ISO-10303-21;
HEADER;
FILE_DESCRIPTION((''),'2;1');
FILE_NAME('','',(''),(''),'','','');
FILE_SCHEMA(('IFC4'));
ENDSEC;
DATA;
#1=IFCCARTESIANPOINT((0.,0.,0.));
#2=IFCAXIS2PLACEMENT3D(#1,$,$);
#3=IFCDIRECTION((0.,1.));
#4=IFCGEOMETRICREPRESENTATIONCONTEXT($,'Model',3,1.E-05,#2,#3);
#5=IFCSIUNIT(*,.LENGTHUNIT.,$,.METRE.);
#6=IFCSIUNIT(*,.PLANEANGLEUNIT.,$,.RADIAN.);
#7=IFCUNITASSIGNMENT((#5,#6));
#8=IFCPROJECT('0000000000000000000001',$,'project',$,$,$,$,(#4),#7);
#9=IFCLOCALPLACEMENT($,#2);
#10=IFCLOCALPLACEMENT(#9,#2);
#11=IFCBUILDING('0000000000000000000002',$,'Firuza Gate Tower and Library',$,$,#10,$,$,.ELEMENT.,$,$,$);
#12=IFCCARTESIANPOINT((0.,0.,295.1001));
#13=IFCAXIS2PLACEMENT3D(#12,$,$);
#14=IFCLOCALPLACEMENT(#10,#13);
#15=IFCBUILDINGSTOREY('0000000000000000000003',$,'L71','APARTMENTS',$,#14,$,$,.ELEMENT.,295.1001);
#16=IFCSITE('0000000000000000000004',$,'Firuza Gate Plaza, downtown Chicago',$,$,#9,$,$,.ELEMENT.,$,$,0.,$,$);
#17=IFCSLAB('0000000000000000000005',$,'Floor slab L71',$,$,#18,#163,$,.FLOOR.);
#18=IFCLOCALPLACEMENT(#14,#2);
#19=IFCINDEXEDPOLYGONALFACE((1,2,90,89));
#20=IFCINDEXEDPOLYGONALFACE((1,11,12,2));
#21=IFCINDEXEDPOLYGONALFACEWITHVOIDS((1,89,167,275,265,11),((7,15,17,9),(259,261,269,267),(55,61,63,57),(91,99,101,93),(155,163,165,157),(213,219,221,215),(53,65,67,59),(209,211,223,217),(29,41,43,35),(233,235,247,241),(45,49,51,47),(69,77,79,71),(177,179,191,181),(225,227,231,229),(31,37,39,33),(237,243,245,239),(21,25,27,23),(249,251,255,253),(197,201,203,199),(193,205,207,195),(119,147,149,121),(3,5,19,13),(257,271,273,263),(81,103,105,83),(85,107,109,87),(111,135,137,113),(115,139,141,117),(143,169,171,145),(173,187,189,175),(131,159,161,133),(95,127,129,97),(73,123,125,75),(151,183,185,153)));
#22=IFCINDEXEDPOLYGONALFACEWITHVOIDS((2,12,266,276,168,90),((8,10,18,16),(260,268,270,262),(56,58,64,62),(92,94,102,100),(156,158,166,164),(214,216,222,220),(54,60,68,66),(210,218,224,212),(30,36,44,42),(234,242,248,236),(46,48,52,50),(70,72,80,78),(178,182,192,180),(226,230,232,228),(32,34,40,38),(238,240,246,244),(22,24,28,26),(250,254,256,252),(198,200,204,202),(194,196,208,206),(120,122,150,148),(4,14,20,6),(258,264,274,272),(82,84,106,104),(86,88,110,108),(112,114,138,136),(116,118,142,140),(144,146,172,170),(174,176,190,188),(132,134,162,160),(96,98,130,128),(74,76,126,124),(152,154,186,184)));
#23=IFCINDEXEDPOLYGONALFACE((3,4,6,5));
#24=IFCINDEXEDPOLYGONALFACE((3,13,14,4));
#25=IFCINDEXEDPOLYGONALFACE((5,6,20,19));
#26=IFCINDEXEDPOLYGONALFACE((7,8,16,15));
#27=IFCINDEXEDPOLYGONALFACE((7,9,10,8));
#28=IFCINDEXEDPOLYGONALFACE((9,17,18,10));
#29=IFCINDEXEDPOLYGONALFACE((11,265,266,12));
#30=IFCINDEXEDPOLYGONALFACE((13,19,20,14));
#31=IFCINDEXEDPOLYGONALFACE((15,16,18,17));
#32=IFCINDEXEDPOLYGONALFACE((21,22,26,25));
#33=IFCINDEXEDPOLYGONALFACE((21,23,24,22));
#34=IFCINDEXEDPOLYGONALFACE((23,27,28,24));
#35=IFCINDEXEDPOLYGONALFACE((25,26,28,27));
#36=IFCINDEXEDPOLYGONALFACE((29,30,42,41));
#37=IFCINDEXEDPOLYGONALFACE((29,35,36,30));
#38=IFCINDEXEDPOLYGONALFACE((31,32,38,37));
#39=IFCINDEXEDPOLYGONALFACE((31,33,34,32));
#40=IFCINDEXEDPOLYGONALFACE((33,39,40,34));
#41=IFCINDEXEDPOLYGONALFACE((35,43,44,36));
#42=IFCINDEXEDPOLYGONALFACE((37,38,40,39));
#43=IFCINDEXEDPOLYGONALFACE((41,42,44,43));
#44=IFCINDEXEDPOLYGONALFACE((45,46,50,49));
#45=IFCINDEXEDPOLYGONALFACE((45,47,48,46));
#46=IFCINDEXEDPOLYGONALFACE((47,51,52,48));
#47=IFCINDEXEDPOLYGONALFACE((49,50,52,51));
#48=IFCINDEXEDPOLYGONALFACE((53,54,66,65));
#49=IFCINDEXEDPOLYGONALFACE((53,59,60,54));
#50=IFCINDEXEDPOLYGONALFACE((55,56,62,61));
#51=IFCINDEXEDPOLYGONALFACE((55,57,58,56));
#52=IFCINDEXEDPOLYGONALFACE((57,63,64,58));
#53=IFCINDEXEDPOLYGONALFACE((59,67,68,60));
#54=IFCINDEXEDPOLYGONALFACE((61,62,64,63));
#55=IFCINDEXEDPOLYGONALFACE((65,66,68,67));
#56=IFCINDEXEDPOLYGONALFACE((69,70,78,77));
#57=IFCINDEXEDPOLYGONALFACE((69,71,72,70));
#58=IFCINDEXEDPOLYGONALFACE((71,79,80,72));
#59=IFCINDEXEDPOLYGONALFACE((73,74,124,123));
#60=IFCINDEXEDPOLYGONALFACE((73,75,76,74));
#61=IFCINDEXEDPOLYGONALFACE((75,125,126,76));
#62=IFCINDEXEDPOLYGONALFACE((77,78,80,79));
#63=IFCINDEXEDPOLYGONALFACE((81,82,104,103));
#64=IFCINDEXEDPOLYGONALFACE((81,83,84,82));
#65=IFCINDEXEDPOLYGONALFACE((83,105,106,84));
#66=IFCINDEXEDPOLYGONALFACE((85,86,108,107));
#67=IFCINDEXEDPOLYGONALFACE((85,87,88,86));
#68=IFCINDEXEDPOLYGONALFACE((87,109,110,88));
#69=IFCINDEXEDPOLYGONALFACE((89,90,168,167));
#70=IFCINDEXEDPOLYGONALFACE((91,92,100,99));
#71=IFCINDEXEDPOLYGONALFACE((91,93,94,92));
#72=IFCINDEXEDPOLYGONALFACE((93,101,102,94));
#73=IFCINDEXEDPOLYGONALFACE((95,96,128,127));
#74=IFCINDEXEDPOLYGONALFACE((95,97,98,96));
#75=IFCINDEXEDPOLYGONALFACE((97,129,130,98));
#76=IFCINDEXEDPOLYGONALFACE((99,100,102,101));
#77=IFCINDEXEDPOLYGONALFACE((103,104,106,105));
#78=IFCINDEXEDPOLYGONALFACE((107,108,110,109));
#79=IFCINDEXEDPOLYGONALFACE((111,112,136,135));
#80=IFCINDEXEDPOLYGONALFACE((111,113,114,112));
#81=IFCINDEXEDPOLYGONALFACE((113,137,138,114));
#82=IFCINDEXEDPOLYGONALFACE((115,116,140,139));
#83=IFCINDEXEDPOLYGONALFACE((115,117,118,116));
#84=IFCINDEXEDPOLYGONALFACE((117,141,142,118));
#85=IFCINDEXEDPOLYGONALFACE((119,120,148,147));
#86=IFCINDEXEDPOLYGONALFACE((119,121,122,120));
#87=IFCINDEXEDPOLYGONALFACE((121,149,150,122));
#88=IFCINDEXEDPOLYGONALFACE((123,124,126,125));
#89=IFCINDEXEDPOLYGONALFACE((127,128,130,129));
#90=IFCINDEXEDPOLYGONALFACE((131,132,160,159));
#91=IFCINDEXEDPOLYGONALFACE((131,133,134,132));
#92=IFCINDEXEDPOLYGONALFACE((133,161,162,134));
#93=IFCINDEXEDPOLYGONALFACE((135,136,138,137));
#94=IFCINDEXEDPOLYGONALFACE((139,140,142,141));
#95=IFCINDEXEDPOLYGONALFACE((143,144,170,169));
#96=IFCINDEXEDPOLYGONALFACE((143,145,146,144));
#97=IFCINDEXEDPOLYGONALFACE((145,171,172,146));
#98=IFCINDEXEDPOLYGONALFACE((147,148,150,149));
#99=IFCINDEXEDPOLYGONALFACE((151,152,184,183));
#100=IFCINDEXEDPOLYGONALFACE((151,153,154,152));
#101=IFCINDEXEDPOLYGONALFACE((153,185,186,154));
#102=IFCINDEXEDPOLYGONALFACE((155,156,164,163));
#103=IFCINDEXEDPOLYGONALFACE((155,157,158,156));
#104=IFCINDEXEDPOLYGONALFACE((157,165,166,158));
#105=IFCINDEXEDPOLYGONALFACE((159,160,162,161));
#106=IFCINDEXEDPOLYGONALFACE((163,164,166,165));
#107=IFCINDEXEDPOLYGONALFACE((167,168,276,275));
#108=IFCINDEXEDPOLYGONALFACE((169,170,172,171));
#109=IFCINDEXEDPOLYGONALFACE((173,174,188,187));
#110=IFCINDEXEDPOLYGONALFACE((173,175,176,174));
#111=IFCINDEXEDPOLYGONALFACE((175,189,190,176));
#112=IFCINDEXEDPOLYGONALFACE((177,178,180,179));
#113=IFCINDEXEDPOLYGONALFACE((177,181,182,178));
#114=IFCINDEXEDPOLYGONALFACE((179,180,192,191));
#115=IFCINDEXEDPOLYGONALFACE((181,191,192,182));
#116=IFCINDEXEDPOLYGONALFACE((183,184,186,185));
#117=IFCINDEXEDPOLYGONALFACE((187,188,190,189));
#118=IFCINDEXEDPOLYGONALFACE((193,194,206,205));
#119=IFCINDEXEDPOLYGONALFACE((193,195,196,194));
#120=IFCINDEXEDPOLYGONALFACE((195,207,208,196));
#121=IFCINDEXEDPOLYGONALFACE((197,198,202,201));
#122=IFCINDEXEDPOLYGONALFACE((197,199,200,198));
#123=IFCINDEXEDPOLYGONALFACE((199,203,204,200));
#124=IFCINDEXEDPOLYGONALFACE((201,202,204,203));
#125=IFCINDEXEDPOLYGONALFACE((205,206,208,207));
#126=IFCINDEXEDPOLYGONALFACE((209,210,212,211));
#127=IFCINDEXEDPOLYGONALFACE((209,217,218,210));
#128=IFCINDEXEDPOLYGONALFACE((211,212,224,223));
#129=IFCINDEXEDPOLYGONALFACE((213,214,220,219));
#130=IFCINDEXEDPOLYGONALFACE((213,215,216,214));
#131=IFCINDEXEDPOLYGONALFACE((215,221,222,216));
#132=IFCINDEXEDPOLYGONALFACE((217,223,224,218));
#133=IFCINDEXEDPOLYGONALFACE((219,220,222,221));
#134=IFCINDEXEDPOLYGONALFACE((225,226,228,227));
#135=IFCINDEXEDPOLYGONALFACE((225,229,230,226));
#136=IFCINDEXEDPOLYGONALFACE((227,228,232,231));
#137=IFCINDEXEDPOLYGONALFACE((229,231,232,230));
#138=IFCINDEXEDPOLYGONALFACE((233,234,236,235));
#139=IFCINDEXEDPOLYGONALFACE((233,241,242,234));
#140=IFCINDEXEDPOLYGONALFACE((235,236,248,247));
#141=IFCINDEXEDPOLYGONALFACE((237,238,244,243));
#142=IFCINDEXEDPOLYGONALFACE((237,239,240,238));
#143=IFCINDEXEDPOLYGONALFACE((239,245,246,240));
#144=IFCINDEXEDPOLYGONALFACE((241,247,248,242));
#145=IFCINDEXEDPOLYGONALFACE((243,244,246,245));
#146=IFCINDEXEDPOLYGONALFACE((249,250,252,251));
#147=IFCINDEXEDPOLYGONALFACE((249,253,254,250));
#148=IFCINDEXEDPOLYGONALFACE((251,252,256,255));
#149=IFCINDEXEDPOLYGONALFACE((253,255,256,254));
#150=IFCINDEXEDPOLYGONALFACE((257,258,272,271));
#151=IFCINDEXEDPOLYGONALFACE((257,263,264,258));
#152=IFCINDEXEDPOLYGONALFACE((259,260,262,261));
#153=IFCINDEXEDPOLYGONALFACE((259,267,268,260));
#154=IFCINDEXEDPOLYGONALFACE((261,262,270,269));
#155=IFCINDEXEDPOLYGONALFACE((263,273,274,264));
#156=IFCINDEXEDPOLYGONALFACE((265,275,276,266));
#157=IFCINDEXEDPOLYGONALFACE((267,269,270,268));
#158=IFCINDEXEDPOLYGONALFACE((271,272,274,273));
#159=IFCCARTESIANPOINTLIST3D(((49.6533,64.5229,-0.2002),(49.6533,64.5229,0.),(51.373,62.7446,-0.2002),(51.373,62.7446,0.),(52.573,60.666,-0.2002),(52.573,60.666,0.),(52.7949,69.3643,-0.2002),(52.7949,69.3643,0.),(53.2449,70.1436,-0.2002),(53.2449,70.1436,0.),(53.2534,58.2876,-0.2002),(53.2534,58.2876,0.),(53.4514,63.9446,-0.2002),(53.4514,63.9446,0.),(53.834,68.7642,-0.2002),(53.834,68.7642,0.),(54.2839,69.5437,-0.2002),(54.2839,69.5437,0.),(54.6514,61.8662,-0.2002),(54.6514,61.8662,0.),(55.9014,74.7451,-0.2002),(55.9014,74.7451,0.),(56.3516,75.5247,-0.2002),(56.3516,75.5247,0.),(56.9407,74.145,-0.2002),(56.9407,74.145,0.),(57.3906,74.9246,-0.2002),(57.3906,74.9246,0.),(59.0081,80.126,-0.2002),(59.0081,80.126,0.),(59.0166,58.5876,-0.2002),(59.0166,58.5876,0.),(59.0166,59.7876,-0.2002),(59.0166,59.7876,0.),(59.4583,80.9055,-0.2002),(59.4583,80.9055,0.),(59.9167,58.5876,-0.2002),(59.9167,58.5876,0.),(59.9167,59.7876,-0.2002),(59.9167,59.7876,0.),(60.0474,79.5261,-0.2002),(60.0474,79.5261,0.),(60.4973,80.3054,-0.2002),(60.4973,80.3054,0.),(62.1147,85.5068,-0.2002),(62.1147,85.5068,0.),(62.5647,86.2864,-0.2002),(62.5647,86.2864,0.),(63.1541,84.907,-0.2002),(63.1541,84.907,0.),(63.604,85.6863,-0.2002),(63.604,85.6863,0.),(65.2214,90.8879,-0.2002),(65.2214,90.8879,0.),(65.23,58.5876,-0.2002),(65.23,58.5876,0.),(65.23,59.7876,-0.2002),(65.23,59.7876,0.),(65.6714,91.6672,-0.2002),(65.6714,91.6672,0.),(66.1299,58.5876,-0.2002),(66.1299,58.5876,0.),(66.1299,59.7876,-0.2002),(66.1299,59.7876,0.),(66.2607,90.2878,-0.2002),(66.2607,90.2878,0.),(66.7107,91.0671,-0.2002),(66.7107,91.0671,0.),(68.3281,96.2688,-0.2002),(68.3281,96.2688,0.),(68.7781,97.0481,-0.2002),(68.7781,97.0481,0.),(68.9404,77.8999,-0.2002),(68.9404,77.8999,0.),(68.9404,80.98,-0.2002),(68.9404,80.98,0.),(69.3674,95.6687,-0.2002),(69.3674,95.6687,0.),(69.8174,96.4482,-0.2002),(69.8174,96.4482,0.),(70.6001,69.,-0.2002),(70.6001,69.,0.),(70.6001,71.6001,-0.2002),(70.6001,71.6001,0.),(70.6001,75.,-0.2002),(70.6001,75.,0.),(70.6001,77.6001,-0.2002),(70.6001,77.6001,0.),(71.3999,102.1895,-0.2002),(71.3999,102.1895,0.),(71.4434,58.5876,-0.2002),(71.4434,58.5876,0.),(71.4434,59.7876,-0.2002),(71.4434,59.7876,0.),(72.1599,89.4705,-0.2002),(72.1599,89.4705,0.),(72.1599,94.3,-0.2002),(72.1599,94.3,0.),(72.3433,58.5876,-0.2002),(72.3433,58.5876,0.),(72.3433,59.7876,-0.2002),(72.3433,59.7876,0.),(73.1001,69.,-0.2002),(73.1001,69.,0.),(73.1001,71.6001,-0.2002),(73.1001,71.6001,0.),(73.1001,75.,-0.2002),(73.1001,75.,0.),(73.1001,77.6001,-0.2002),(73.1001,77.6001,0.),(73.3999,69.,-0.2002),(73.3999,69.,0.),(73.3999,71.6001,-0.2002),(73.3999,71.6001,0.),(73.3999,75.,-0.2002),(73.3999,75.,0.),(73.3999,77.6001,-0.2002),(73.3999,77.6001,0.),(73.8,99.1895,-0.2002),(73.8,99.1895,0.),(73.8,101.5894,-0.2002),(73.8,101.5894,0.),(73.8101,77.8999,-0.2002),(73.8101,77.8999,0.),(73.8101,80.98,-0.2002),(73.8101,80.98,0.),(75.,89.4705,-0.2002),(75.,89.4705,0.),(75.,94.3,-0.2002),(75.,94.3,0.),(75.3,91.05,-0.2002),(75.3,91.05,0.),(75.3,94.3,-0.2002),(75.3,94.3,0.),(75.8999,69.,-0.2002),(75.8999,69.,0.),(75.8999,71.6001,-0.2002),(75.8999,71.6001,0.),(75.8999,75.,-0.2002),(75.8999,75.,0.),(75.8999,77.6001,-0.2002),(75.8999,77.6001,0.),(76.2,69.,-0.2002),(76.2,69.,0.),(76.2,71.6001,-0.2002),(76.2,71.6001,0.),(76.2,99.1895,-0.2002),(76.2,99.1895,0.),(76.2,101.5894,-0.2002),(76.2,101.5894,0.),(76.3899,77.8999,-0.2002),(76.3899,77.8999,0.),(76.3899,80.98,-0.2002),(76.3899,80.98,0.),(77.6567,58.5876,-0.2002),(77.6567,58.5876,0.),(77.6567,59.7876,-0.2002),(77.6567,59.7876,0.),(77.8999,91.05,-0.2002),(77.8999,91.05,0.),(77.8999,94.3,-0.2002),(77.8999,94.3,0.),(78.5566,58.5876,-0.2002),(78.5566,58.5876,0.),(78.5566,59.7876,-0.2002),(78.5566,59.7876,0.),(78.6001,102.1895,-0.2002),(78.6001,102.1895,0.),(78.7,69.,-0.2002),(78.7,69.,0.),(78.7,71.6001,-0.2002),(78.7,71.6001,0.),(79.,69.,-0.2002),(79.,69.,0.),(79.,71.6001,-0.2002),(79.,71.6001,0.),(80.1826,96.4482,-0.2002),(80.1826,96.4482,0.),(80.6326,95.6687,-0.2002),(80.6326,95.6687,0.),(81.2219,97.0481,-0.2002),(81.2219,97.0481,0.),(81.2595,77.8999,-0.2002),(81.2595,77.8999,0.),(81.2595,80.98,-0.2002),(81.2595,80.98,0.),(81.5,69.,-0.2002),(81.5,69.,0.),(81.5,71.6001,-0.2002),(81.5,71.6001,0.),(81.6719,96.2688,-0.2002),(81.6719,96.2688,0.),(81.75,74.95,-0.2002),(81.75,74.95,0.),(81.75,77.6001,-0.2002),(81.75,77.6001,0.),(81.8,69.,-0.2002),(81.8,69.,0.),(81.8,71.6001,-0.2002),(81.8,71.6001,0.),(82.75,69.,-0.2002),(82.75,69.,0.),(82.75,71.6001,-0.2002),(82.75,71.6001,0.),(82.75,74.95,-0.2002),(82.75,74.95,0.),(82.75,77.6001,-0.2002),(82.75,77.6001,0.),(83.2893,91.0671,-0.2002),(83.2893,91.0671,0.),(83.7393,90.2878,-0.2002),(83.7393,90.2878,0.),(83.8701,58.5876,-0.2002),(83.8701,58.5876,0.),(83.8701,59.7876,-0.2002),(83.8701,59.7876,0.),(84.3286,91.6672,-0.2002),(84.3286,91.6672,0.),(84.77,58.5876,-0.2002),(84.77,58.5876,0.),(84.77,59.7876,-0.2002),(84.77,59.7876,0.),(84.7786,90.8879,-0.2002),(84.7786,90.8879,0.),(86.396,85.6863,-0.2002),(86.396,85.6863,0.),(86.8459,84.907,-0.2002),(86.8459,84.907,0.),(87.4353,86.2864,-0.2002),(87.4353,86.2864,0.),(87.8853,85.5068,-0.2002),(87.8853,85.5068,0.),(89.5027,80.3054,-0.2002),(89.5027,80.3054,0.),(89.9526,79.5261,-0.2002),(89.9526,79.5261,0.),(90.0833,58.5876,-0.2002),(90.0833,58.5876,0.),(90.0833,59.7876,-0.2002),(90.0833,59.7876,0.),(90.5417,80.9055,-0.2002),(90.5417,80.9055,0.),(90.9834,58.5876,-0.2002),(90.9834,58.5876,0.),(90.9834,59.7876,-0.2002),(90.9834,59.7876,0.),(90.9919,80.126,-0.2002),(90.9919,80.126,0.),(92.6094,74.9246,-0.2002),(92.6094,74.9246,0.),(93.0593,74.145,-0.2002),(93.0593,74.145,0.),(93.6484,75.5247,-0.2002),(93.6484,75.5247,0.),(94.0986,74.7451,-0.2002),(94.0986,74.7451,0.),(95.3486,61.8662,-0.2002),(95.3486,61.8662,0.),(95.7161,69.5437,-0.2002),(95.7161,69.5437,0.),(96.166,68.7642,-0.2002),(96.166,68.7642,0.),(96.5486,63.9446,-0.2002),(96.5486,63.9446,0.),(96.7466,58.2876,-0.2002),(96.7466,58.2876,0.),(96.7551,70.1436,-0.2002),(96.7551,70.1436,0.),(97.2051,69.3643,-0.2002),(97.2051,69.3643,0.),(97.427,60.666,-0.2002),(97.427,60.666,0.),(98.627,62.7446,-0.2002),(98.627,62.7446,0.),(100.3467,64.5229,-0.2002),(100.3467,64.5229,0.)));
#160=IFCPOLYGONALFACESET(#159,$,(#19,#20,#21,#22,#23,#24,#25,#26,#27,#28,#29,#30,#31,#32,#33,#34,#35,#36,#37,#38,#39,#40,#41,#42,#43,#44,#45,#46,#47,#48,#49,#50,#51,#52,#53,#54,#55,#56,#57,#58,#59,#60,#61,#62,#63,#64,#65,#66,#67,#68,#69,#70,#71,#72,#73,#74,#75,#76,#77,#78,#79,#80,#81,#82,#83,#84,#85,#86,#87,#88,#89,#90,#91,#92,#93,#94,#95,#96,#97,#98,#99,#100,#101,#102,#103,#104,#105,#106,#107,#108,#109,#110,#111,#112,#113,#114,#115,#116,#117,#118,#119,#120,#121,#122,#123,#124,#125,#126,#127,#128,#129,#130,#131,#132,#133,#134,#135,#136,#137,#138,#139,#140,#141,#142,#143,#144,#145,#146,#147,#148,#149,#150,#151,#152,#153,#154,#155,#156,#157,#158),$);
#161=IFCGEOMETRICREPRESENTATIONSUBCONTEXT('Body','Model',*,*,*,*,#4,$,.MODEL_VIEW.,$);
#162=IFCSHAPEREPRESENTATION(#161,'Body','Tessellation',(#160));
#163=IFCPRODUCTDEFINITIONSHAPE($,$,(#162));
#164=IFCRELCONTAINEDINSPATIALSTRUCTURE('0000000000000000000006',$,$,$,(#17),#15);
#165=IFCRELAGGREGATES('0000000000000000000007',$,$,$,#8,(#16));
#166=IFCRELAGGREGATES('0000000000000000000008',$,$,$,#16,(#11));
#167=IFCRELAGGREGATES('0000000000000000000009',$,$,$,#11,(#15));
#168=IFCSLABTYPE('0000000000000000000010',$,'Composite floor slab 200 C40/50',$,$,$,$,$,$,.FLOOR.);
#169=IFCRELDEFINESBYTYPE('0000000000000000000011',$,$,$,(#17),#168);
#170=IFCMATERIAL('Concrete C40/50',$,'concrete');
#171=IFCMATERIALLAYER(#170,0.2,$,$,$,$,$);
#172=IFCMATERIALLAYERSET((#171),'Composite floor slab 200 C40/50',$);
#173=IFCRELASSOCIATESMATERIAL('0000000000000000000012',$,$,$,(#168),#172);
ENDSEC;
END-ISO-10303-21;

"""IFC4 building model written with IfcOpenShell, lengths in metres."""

from ifc_helpers import new_model, si_unit, direction, frame, origin, place, context, subcontext, project, spatial, polyline, outline, extrude, material, layer, layer_set, type_object, element, save


model = new_model("IFC4")

# Units and contexts
model_context = context("Model", 3, precision=1e-05, world=origin(), true_north=direction((0.0, 1.0)))
body_context = subcontext(model_context, "Body", "Model", "MODEL_VIEW")
ifc_project = project(units=[si_unit("LENGTHUNIT", "METRE"), si_unit("PLANEANGLEUNIT", "RADIAN")], contexts=[model_context])

# Site, building, storey
site_placement = place(None, origin())
site = spatial("IfcSite", under=ifc_project, at=site_placement, Name="Firuza Gate Plaza, downtown Chicago", CompositionType="ELEMENT", RefElevation=0.0)
building_placement = place(site_placement, origin())
building = spatial("IfcBuilding", under=site, at=building_placement, Name="Firuza Gate Tower and Library", CompositionType="ELEMENT")
storey_placement = place(building_placement, frame((0.0, 0.0, 295.1001)))
storey = spatial("IfcBuildingStorey", under=building, at=storey_placement, Name="L71", Description="APARTMENTS", CompositionType="ELEMENT", Elevation=295.1001)

# Slab
ifc_material_1 = material(Name="Concrete C40/50", Category="concrete")
ifc_layer_1 = layer(ifc_material_1, 0.2)
ifc_layer_set_1 = layer_set([ifc_layer_1], Name="Composite floor slab 200 C40/50")
slab_type_1 = type_object("IfcSlabType", Name="Composite floor slab 200 C40/50", PredefinedType="FLOOR", material=ifc_layer_set_1)
placement_1 = place(storey_placement, frame((0.0, 0.0, -0.2002)))
element("IfcSlab", 1, at=placement_1, inside=storey, type_object=slab_type_1, Name="Floor slab L71", PredefinedType="FLOOR", context=body_context, shape_type="SweptSolid", body=[
    extrude(outline(polyline([(49.6533, 64.5229), (53.2534, 58.2876), (96.7466, 58.2876), (100.3467, 64.5229), (78.6001, 102.1895), (71.3999, 102.1895), (49.6533, 64.5229)]), holes=[polyline([(59.0166, 58.5876), (59.0166, 59.7876), (59.9167, 59.7876), (59.9167, 58.5876), (59.0166, 58.5876)]), polyline([(65.23, 58.5876), (65.23, 59.7876), (66.1299, 59.7876), (66.1299, 58.5876), (65.23, 58.5876)]), polyline([(71.4434, 58.5876), (71.4434, 59.7876), (72.3433, 59.7876), (72.3433, 58.5876), (71.4434, 58.5876)]), polyline([(51.373, 62.7446), (53.4514, 63.9446), (54.6514, 61.8662), (52.573, 60.666), (51.373, 62.7446)]), polyline([(53.2449, 70.1436), (54.2839, 69.5437), (53.834, 68.7642), (52.7949, 69.3643), (53.2449, 70.1436)]), polyline([(73.1001, 69.0), (70.6001, 69.0), (70.6001, 71.6001), (73.1001, 71.6001), (73.1001, 69.0)]), polyline([(75.8999, 69.0), (73.3999, 69.0), (73.3999, 71.6001), (75.8999, 71.6001), (75.8999, 69.0)]), polyline([(56.3516, 75.5247), (57.3906, 74.9246), (56.9407, 74.145), (55.9014, 74.7451), (56.3516, 75.5247)]), polyline([(73.1001, 75.0), (70.6001, 75.0), (70.6001, 77.6001), (73.1001, 77.6001), (73.1001, 75.0)]), polyline([(75.8999, 75.0), (73.3999, 75.0), (73.3999, 77.6001), (75.8999, 77.6001), (75.8999, 75.0)]), polyline([(68.9404, 77.8999), (68.9404, 80.98), (73.8101, 80.98), (73.8101, 77.8999), (68.9404, 77.8999)]), polyline([(59.4583, 80.9055), (60.4973, 80.3054), (60.0474, 79.5261), (59.0081, 80.126), (59.4583, 80.9055)]), polyline([(62.5647, 86.2864), (63.604, 85.6863), (63.1541, 84.907), (62.1147, 85.5068), (62.5647, 86.2864)]), polyline([(65.6714, 91.6672), (66.7107, 91.0671), (66.2607, 90.2878), (65.2214, 90.8879), (65.6714, 91.6672)]), polyline([(72.1599, 89.4705), (72.1599, 94.3), (75.0, 94.3), (75.0, 89.4705), (72.1599, 89.4705)]), polyline([(68.7781, 97.0481), (69.8174, 96.4482), (69.3674, 95.6687), (68.3281, 96.2688), (68.7781, 97.0481)]), polyline([(76.2, 101.5894), (76.2, 99.1895), (73.8, 99.1895), (73.8, 101.5894), (76.2, 101.5894)]), polyline([(77.6567, 58.5876), (77.6567, 59.7876), (78.5566, 59.7876), (78.5566, 58.5876), (77.6567, 58.5876)]), polyline([(83.8701, 58.5876), (83.8701, 59.7876), (84.77, 59.7876), (84.77, 58.5876), (83.8701, 58.5876)]), polyline([(90.0833, 58.5876), (90.0833, 59.7876), (90.9834, 59.7876), (90.9834, 58.5876), (90.0833, 58.5876)]), polyline([(97.427, 60.666), (95.3486, 61.8662), (96.5486, 63.9446), (98.627, 62.7446), (97.427, 60.666)]), polyline([(97.2051, 69.3643), (96.166, 68.7642), (95.7161, 69.5437), (96.7551, 70.1436), (97.2051, 69.3643)]), polyline([(78.7, 69.0), (76.2, 69.0), (76.2, 71.6001), (78.7, 71.6001), (78.7, 69.0)]), polyline([(81.5, 69.0), (79.0, 69.0), (79.0, 71.6001), (81.5, 71.6001), (81.5, 69.0)]), polyline([(82.75, 69.0), (81.8, 69.0), (81.8, 71.6001), (82.75, 71.6001), (82.75, 69.0)]), polyline([(94.0986, 74.7451), (93.0593, 74.145), (92.6094, 74.9246), (93.6484, 75.5247), (94.0986, 74.7451)]), polyline([(82.75, 74.95), (81.75, 74.95), (81.75, 77.6001), (82.75, 77.6001), (82.75, 74.95)]), polyline([(81.2595, 80.98), (81.2595, 77.8999), (76.3899, 77.8999), (76.3899, 80.98), (81.2595, 80.98)]), polyline([(90.9919, 80.126), (89.9526, 79.5261), (89.5027, 80.3054), (90.5417, 80.9055), (90.9919, 80.126)]), polyline([(87.8853, 85.5068), (86.8459, 84.907), (86.396, 85.6863), (87.4353, 86.2864), (87.8853, 85.5068)]), polyline([(84.7786, 90.8879), (83.7393, 90.2878), (83.2893, 91.0671), (84.3286, 91.6672), (84.7786, 90.8879)]), polyline([(75.3, 91.05), (75.3, 94.3), (77.8999, 94.3), (77.8999, 91.05), (75.3, 91.05)]), polyline([(80.6326, 95.6687), (80.1826, 96.4482), (81.2219, 97.0481), (81.6719, 96.2688), (80.6326, 95.6687)])]), origin(), (0.0, 0.0, 1.0), 0.2002),
])

save(model, "model.ifc")
